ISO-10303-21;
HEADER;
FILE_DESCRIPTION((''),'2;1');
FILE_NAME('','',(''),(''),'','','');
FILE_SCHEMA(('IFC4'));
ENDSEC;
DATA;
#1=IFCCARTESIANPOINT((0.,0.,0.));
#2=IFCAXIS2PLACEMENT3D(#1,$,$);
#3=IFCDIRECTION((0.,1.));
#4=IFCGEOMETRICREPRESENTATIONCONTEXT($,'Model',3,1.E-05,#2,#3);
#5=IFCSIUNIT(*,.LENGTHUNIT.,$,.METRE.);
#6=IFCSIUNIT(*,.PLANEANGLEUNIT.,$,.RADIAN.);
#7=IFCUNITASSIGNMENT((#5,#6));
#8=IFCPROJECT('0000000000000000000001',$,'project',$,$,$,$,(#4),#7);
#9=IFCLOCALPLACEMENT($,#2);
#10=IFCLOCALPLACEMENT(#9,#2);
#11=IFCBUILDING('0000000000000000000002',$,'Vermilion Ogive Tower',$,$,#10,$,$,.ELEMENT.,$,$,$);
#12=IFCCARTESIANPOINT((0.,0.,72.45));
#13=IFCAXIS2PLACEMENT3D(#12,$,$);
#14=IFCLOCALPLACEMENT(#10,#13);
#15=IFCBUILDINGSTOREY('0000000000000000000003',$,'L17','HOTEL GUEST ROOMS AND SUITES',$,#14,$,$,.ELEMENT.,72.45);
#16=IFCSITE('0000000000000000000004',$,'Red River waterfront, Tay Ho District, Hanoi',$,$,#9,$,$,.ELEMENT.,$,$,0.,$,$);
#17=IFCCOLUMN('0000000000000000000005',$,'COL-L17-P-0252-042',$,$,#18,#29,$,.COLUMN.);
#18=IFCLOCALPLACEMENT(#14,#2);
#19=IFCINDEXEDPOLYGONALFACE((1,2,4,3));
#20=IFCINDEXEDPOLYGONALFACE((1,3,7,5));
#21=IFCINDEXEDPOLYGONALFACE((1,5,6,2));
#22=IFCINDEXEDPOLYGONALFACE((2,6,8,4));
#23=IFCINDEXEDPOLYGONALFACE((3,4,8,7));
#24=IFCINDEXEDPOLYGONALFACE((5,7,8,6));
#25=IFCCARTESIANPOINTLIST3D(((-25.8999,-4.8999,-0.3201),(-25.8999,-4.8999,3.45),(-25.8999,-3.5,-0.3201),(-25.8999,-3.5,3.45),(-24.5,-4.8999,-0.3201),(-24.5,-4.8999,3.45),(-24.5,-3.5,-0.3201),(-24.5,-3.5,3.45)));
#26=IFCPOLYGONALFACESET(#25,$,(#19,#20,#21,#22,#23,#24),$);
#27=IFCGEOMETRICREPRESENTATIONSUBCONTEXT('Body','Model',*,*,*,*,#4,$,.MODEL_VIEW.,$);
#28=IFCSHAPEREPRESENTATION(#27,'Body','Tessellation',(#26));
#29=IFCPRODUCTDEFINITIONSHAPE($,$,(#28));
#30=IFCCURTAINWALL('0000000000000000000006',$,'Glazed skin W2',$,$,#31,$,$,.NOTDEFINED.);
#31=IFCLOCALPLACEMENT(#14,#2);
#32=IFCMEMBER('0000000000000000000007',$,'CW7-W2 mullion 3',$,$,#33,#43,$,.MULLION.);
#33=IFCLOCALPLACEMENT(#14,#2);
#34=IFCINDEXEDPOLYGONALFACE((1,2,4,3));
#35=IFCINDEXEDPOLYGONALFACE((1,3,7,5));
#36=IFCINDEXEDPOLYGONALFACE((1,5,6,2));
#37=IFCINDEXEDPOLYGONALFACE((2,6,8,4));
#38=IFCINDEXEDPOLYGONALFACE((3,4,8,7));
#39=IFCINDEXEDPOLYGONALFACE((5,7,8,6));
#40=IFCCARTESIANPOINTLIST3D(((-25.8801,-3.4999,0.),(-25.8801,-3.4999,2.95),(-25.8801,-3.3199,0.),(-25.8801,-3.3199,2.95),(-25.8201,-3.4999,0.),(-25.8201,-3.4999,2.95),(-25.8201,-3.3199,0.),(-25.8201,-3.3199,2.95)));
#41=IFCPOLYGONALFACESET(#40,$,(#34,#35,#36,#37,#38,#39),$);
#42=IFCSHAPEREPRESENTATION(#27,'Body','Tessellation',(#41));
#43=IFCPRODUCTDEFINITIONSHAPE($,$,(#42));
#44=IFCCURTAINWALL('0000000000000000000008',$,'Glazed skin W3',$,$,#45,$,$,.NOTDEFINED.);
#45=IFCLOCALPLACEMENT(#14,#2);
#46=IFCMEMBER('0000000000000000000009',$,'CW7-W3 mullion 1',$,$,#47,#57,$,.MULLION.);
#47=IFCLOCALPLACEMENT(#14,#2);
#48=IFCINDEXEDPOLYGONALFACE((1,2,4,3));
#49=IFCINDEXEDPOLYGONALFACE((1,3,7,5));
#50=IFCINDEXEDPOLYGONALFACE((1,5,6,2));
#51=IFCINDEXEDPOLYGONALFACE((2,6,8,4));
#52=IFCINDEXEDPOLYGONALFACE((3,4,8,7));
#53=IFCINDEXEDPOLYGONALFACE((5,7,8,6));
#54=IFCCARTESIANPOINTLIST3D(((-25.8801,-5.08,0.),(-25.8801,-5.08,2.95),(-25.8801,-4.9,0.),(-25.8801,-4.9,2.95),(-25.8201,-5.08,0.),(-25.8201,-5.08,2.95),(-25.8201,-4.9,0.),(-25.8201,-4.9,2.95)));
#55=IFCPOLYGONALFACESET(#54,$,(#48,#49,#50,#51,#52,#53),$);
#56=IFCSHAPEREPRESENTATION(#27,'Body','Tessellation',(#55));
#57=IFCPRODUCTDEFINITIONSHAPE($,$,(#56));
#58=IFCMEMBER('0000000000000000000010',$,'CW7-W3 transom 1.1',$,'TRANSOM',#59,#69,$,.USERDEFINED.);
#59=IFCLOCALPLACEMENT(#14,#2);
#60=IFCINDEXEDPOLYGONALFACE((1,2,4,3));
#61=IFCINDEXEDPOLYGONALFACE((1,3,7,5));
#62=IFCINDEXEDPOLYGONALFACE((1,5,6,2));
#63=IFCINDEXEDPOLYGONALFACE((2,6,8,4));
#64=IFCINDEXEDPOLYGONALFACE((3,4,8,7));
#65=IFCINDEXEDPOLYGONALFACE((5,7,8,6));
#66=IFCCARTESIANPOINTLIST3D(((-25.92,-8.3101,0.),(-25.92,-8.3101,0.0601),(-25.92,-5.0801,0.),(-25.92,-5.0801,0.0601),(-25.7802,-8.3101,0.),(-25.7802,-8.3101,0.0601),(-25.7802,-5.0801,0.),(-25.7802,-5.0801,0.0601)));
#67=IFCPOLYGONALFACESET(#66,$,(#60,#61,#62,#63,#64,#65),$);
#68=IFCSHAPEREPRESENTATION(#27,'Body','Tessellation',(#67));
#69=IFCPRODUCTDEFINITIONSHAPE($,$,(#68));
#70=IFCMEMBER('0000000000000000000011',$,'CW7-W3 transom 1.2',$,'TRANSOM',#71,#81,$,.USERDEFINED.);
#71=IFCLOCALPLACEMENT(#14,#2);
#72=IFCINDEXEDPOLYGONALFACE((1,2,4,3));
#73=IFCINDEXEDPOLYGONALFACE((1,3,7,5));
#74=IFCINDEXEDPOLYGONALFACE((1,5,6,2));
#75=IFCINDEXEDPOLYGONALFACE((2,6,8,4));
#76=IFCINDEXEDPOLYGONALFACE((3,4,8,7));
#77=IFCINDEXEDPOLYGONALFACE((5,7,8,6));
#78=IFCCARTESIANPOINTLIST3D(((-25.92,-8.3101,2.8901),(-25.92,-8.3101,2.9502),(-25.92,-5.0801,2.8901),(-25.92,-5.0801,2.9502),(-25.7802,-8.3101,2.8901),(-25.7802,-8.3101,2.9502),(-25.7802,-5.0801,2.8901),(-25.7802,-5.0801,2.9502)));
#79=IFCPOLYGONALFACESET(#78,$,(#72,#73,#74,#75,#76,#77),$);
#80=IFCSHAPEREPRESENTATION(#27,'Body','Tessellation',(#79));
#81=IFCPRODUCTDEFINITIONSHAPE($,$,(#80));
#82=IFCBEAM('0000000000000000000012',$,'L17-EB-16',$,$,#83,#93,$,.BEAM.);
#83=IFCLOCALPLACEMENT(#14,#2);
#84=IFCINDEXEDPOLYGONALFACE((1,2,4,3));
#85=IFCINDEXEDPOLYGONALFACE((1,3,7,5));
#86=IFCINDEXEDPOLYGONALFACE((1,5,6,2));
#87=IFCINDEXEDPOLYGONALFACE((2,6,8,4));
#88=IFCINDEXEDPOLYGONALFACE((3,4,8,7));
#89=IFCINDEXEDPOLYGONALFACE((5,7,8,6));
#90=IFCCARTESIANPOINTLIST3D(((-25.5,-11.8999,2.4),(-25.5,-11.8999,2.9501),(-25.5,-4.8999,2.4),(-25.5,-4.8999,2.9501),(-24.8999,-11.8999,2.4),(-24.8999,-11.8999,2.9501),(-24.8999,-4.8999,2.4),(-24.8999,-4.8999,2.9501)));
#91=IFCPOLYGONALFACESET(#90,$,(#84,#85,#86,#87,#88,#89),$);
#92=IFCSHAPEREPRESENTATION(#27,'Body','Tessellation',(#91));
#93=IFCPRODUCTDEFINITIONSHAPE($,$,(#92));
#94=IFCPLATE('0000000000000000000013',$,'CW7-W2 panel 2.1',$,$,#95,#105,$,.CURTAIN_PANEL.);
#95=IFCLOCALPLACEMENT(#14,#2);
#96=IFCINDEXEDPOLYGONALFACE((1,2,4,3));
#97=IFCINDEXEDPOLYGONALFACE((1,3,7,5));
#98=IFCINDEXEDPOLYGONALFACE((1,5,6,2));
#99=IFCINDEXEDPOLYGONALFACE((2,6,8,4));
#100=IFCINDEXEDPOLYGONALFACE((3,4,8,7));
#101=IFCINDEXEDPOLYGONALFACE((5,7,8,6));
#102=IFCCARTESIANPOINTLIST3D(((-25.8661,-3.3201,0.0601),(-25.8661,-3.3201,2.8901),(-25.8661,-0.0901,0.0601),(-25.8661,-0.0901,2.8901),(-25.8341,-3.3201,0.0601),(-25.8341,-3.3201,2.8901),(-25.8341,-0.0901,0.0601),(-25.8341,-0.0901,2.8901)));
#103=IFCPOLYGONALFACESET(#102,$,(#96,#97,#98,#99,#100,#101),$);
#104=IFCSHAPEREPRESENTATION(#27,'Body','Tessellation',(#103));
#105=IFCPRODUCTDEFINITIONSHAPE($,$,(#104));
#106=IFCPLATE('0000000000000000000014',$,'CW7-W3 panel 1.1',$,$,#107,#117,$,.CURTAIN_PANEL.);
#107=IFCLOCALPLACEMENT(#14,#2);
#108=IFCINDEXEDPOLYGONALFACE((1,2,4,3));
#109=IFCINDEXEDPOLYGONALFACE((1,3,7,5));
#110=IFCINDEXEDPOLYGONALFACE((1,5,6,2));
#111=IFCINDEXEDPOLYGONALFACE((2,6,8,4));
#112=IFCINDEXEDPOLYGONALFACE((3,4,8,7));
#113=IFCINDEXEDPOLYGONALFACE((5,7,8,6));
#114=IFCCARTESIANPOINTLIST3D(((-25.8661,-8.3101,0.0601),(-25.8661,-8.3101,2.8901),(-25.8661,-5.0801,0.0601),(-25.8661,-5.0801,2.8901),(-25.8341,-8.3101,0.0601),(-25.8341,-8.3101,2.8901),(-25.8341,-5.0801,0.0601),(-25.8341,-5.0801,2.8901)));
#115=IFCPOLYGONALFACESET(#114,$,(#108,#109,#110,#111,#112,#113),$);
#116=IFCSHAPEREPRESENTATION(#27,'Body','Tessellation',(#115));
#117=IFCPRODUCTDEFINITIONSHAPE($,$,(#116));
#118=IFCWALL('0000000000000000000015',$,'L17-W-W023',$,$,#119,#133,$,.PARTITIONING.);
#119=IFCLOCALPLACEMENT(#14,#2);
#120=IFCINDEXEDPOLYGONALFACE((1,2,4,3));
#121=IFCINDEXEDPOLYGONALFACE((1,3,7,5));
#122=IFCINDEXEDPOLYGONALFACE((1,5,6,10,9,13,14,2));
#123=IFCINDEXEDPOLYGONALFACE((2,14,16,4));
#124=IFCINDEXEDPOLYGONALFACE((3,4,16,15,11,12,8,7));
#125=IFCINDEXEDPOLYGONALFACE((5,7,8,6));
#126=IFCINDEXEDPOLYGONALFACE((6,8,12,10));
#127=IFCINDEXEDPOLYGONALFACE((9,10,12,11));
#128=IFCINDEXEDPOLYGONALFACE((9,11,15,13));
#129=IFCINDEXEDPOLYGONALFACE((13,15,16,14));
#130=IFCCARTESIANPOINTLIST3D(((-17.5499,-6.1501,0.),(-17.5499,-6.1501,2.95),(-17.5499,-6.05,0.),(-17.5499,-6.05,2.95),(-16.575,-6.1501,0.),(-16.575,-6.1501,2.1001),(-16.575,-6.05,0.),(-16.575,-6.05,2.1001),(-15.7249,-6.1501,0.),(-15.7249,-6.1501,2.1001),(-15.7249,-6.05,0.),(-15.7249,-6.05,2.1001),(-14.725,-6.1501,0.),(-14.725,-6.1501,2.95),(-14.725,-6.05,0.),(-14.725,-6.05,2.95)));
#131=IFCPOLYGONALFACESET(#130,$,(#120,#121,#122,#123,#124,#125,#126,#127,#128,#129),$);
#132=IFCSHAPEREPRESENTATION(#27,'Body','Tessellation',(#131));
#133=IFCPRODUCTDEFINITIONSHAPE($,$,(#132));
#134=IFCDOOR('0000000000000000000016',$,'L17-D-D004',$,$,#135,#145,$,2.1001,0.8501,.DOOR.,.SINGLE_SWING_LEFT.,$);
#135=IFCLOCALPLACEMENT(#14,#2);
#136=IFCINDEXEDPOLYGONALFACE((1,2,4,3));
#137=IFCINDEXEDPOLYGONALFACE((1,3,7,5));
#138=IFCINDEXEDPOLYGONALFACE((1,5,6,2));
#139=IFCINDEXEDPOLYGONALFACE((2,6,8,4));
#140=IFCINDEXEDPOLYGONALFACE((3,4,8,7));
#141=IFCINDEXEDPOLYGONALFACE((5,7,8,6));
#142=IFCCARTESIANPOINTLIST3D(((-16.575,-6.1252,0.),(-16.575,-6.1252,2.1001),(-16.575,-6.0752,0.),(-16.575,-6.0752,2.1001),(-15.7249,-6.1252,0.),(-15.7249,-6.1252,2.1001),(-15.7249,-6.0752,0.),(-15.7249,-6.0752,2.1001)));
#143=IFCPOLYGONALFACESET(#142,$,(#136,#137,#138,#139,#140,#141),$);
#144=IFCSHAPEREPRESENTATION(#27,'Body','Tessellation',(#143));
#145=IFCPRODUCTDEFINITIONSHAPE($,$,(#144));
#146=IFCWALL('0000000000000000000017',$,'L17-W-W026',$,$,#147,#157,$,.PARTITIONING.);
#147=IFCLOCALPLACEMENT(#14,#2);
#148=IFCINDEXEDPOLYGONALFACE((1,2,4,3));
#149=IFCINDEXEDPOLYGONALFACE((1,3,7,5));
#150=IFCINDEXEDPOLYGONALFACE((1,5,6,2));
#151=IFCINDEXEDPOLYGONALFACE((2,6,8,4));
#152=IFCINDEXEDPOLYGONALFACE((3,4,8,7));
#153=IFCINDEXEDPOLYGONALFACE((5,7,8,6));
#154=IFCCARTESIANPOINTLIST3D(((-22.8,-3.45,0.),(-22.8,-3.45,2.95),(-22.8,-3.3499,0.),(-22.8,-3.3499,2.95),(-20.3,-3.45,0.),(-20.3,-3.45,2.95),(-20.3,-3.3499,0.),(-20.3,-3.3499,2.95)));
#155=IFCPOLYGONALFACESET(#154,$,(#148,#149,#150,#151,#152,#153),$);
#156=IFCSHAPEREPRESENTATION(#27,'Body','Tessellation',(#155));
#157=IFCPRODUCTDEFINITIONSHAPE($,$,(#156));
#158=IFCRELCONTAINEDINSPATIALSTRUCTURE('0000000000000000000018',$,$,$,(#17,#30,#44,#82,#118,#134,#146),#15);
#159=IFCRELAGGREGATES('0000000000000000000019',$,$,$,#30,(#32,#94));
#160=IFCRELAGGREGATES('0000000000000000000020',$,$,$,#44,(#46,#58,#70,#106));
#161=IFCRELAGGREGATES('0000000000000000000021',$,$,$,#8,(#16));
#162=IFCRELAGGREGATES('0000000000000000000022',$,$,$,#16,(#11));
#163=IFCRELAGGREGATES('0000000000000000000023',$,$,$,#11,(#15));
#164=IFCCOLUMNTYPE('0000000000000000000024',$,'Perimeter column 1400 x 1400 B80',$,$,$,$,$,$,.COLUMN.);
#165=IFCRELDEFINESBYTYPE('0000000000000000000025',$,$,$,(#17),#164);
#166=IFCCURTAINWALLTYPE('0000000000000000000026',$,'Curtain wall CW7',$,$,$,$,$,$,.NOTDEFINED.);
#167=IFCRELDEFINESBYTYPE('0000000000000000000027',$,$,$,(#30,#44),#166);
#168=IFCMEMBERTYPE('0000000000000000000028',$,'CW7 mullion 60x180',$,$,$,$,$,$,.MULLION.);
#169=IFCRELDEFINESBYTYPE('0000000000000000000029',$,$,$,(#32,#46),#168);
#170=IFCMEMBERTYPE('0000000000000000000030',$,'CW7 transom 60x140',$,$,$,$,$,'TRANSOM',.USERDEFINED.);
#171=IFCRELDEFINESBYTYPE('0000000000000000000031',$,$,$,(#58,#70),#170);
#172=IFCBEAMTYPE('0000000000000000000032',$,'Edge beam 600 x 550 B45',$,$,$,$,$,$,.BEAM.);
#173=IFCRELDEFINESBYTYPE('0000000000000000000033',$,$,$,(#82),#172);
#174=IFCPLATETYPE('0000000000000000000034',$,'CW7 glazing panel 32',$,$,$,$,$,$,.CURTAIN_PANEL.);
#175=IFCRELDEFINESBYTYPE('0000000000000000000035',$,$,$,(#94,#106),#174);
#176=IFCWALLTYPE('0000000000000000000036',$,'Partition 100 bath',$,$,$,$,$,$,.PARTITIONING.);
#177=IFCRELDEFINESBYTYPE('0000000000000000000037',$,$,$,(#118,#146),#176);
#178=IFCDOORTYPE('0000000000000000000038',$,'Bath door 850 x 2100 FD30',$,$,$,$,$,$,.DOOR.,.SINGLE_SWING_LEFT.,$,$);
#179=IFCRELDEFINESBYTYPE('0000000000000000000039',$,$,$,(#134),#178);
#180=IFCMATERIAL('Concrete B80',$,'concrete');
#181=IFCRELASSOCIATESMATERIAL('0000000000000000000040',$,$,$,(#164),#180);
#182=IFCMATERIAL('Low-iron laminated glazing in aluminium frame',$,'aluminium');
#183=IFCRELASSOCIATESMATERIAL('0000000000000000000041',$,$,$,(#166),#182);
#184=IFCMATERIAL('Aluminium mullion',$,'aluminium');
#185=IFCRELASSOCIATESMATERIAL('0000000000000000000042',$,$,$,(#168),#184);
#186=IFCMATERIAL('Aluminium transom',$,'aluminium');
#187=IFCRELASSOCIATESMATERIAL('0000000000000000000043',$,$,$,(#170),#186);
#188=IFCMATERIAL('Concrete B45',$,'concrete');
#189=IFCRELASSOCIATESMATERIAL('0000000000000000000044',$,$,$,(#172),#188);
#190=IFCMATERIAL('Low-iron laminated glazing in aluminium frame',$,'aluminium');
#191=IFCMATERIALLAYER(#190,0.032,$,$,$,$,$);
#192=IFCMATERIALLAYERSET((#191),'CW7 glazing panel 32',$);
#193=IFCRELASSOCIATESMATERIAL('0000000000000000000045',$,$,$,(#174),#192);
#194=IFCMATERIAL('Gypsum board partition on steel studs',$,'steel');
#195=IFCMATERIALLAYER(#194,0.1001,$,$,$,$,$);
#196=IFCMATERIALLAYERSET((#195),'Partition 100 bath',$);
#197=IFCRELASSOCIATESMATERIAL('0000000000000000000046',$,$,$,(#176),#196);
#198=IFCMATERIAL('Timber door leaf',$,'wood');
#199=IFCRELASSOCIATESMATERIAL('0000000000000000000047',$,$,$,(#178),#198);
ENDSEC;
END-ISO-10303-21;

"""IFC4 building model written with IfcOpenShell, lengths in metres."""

from ifc_helpers import new_model, si_unit, direction, frame, frame_2d, origin, origin_2d, place, context, subcontext, project, spatial, rectangle, extrude, material, layer, layer_set, material_profile, profile_set, type_object, element, fill, aggregate, save


model = new_model("IFC4")

# Units and contexts
model_context = context("Model", 3, precision=1e-05, world=origin(), true_north=direction((0.0, 1.0)))
body_context = subcontext(model_context, "Body", "Model", "MODEL_VIEW")
ifc_project = project(units=[si_unit("LENGTHUNIT", "METRE"), si_unit("PLANEANGLEUNIT", "RADIAN")], contexts=[model_context])

# Site, building, storey
site_placement = place(None, origin())
site = spatial("IfcSite", under=ifc_project, at=site_placement, Name="Red River waterfront, Tay Ho District, Hanoi", CompositionType="ELEMENT", RefElevation=0.0)
building_placement = place(site_placement, origin())
building = spatial("IfcBuilding", under=site, at=building_placement, Name="Vermilion Ogive Tower", CompositionType="ELEMENT")
storey_placement = place(building_placement, frame((0.0, 0.0, 72.45)))
storey = spatial("IfcBuildingStorey", under=building, at=storey_placement, Name="L17", Description="HOTEL GUEST ROOMS AND SUITES", CompositionType="ELEMENT", Elevation=72.45)

# Column
ifc_material_1 = material(Name="Concrete B80", Category="concrete")
ifc_material_profile_1 = material_profile(ifc_material_1, rectangle(XDim=1.3999, YDim=1.3999, at=origin_2d()), Name="1400 x 1400")
ifc_profile_set_1 = profile_set([ifc_material_profile_1], Name="Concrete B80")
column_type = type_object("IfcColumnType", Name="Perimeter column 1400 x 1400 B80", PredefinedType="COLUMN", material=ifc_profile_set_1)
column_placement = place(storey_placement, frame((-25.2, -4.2, -0.3201), z_axis=(0.0, 0.0, 1.0), x_axis=(1.0, 0.0, 0.0)))
element("IfcColumn", 1, at=column_placement, inside=storey, type_object=column_type, Name="COL-L17-P-0252-042", PredefinedType="COLUMN", context=body_context, shape_type="SweptSolid", body=[
    extrude(rectangle(XDim=1.3999, YDim=1.3999, at=origin_2d()), origin(), (0.0, 0.0, 1.0), 3.77),
])

# Curtain wall, member
ifc_material_2 = material(Name="Low-iron laminated glazing in aluminium frame", Category="aluminium")
curtain_wall_type = type_object("IfcCurtainWallType", Name="Curtain wall CW7", PredefinedType="NOTDEFINED", material=ifc_material_2)
curtain_wall_1_placement = place(storey_placement, origin())
curtain_wall_1 = element("IfcCurtainWall", 2, at=curtain_wall_1_placement, inside=storey, type_object=curtain_wall_type, Name="Glazed skin W2", PredefinedType="NOTDEFINED")
ifc_material_3 = material(Name="Aluminium mullion", Category="aluminium")
ifc_material_profile_2 = material_profile(ifc_material_3, rectangle(XDim=0.0601, YDim=0.1799, at=origin_2d()), Name="AL 60x180")
ifc_profile_set_2 = profile_set([ifc_material_profile_2], Name="Aluminium mullion")
member_type_1 = type_object("IfcMemberType", Name="CW7 mullion 60x180", PredefinedType="MULLION", material=ifc_profile_set_2)
member_1_placement = place(storey_placement, frame((-25.8501, -3.4099, 0.0), z_axis=(0.0, 0.0, 1.0), x_axis=(1.0, 0.0, 0.0)))
member_1 = element("IfcMember", 3, at=member_1_placement, type_object=member_type_1, Name="CW7-W2 mullion 3", PredefinedType="MULLION", context=body_context, shape_type="SweptSolid", body=[
    extrude(rectangle(XDim=0.0601, YDim=0.1799, at=origin_2d()), origin(), (0.0, 0.0, 1.0), 2.95),
])

# Curtain wall, members
curtain_wall_2_placement = place(storey_placement, origin())
curtain_wall_2 = element("IfcCurtainWall", 4, at=curtain_wall_2_placement, inside=storey, type_object=curtain_wall_type, Name="Glazed skin W3", PredefinedType="NOTDEFINED")
member_2_placement = place(storey_placement, frame((-25.8501, -4.99, 0.0), z_axis=(0.0, 0.0, 1.0), x_axis=(1.0, 0.0, 0.0)))
member_2 = element("IfcMember", 5, at=member_2_placement, type_object=member_type_1, Name="CW7-W3 mullion 1", PredefinedType="MULLION", context=body_context, shape_type="SweptSolid", body=[
    extrude(rectangle(XDim=0.0601, YDim=0.1799, at=origin_2d()), origin(), (0.0, 0.0, 1.0), 2.95),
])
ifc_material_4 = material(Name="Aluminium transom", Category="aluminium")
ifc_material_profile_3 = material_profile(ifc_material_4, rectangle(XDim=0.1399, YDim=0.0601, at=origin_2d()), Name="AL 60x140")
ifc_profile_set_3 = profile_set([ifc_material_profile_3], Name="Aluminium transom")
member_type_2 = type_object("IfcMemberType", Name="CW7 transom 60x140", ElementType="TRANSOM", PredefinedType="USERDEFINED", material=ifc_profile_set_3)
member_3_placement = place(storey_placement, frame((-25.8501, -5.0801, 0.03), z_axis=(0.0, -1.0, 0.0), x_axis=(1.0, 0.0, 0.0)))
member_3 = element("IfcMember", 6, at=member_3_placement, type_object=member_type_2, Name="CW7-W3 transom 1.1", ObjectType="TRANSOM", PredefinedType="USERDEFINED", context=body_context, shape_type="SweptSolid", body=[
    extrude(rectangle(XDim=0.1399, YDim=0.0601, at=origin_2d()), origin(), (0.0, 0.0, 1.0), 3.23),
])
member_4_placement = place(storey_placement, frame((-25.8501, -5.0801, 2.9202), z_axis=(0.0, -1.0, 0.0), x_axis=(1.0, 0.0, 0.0)))
member_4 = element("IfcMember", 7, at=member_4_placement, type_object=member_type_2, Name="CW7-W3 transom 1.2", ObjectType="TRANSOM", PredefinedType="USERDEFINED", context=body_context, shape_type="SweptSolid", body=[
    extrude(rectangle(XDim=0.1399, YDim=0.0601, at=origin_2d()), origin(), (0.0, 0.0, 1.0), 3.23),
])

# Beam
ifc_material_5 = material(Name="Concrete B45", Category="concrete")
ifc_material_profile_4 = material_profile(ifc_material_5, rectangle(XDim=0.6001, YDim=0.55, at=origin_2d()), Name="600 x 550")
ifc_profile_set_4 = profile_set([ifc_material_profile_4], Name="Concrete B45")
beam_type = type_object("IfcBeamType", Name="Edge beam 600 x 550 B45", PredefinedType="BEAM", material=ifc_profile_set_4)
beam_placement = place(storey_placement, frame((-25.2, -4.8999, 2.675), z_axis=(0.0, -1.0, 0.0), x_axis=(1.0, 0.0, 0.0)))
element("IfcBeam", 8, at=beam_placement, inside=storey, type_object=beam_type, Name="L17-EB-16", PredefinedType="BEAM", context=body_context, shape_type="SweptSolid", body=[
    extrude(rectangle(XDim=0.6001, YDim=0.55, at=origin_2d()), origin(), (0.0, 0.0, 1.0), 7.0),
])

# Plates
ifc_material_6 = material(Name="Low-iron laminated glazing in aluminium frame", Category="aluminium")
ifc_layer_1 = layer(ifc_material_6, 0.032)
ifc_layer_set_1 = layer_set([ifc_layer_1], Name="CW7 glazing panel 32")
plate_type = type_object("IfcPlateType", Name="CW7 glazing panel 32", PredefinedType="CURTAIN_PANEL", material=ifc_layer_set_1)
plate_1_placement = place(storey_placement, frame((-25.8501, -1.7051, 0.0601), z_axis=(0.0, 0.0, 1.0), x_axis=(0.0, -1.0, 0.0)))
plate_1 = element("IfcPlate", 9, at=plate_1_placement, type_object=plate_type, Name="CW7-W2 panel 2.1", PredefinedType="CURTAIN_PANEL", context=body_context, shape_type="SweptSolid", body=[
    extrude(rectangle(XDim=3.23, YDim=0.032, at=origin_2d()), origin(), (0.0, 0.0, 1.0), 2.8301),
])
aggregate(curtain_wall_1, [member_1, plate_1])
plate_2_placement = place(storey_placement, frame((-25.8501, -6.6951, 0.0601), z_axis=(0.0, 0.0, 1.0), x_axis=(0.0, -1.0, 0.0)))
plate_2 = element("IfcPlate", 10, at=plate_2_placement, type_object=plate_type, Name="CW7-W3 panel 1.1", PredefinedType="CURTAIN_PANEL", context=body_context, shape_type="SweptSolid", body=[
    extrude(rectangle(XDim=3.23, YDim=0.032, at=origin_2d()), origin(), (0.0, 0.0, 1.0), 2.8301),
])
aggregate(curtain_wall_2, [member_2, member_3, member_4, plate_2])

# Wall, opening, door
ifc_material_7 = material(Name="Gypsum board partition on steel studs", Category="steel")
ifc_layer_2 = layer(ifc_material_7, 0.1001)
ifc_layer_set_2 = layer_set([ifc_layer_2], Name="Partition 100 bath")
wall_type_1 = type_object("IfcWallType", Name="Partition 100 bath", PredefinedType="PARTITIONING", material=ifc_layer_set_2)
wall_1_placement = place(storey_placement, frame((-17.55, -6.1001, 0.0), z_axis=(0.0, 0.0, 1.0), x_axis=(1.0, 0.0, 0.0)))
wall_1 = element("IfcWall", 11, at=wall_1_placement, inside=storey, type_object=wall_type_1, Name="L17-W-W023", PredefinedType="PARTITIONING", context=body_context, shape_type="SweptSolid", body=[
    extrude(rectangle(XDim=2.825, YDim=0.1001, at=frame_2d((1.4126, 0.0))), origin(), (0.0, 0.0, 1.0), 2.95),
])
opening_1_placement = place(wall_1_placement, frame((0.9751, 0.0, 0.0)))
opening_1 = element("IfcOpeningElement", 12, at=opening_1_placement, cuts=wall_1, PredefinedType="OPENING", context=body_context, shape_type="SweptSolid", body=[
    extrude(rectangle(XDim=0.8501, YDim=2.1001, at=frame_2d((0.425, 1.05))), frame((0.0, 0.0601, 0.0), z_axis=(0.0, -1.0, 0.0), x_axis=(1.0, 0.0, 0.0)), (0.0, 0.0, 1.0), 0.1201),
])
ifc_material_8 = material(Name="Timber door leaf", Category="wood")
door_type_1 = type_object("IfcDoorType", Name="Bath door 850 x 2100 FD30", OperationType="SINGLE_SWING_LEFT", PredefinedType="DOOR", material=ifc_material_8)
door_1_placement = place(opening_1_placement, origin())
door_1 = element("IfcDoor", 13, at=door_1_placement, inside=storey, type_object=door_type_1, Name="L17-D-D004", OperationType="SINGLE_SWING_LEFT", OverallHeight=2.1001, OverallWidth=0.8501, PredefinedType="DOOR", context=body_context, shape_type="SweptSolid", body=[
    extrude(rectangle(XDim=0.8501, YDim=2.1001, at=frame_2d((0.425, 1.05))), frame((0.0, 0.0249, 0.0), z_axis=(0.0, -1.0, 0.0), x_axis=(1.0, 0.0, 0.0)), (0.0, 0.0, 1.0), 0.05),
])
fill(opening_1, door_1)

# Wall
wall_2_placement = place(storey_placement, frame((-22.8, -3.3999, 0.0), z_axis=(0.0, 0.0, 1.0), x_axis=(1.0, 0.0, 0.0)))
element("IfcWall", 14, at=wall_2_placement, inside=storey, type_object=wall_type_1, Name="L17-W-W026", PredefinedType="PARTITIONING", context=body_context, shape_type="SweptSolid", body=[
    extrude(rectangle(XDim=2.5, YDim=0.1001, at=frame_2d((1.25, 0.0))), origin(), (0.0, 0.0, 1.0), 2.95),
])

save(model, "model.ifc")
